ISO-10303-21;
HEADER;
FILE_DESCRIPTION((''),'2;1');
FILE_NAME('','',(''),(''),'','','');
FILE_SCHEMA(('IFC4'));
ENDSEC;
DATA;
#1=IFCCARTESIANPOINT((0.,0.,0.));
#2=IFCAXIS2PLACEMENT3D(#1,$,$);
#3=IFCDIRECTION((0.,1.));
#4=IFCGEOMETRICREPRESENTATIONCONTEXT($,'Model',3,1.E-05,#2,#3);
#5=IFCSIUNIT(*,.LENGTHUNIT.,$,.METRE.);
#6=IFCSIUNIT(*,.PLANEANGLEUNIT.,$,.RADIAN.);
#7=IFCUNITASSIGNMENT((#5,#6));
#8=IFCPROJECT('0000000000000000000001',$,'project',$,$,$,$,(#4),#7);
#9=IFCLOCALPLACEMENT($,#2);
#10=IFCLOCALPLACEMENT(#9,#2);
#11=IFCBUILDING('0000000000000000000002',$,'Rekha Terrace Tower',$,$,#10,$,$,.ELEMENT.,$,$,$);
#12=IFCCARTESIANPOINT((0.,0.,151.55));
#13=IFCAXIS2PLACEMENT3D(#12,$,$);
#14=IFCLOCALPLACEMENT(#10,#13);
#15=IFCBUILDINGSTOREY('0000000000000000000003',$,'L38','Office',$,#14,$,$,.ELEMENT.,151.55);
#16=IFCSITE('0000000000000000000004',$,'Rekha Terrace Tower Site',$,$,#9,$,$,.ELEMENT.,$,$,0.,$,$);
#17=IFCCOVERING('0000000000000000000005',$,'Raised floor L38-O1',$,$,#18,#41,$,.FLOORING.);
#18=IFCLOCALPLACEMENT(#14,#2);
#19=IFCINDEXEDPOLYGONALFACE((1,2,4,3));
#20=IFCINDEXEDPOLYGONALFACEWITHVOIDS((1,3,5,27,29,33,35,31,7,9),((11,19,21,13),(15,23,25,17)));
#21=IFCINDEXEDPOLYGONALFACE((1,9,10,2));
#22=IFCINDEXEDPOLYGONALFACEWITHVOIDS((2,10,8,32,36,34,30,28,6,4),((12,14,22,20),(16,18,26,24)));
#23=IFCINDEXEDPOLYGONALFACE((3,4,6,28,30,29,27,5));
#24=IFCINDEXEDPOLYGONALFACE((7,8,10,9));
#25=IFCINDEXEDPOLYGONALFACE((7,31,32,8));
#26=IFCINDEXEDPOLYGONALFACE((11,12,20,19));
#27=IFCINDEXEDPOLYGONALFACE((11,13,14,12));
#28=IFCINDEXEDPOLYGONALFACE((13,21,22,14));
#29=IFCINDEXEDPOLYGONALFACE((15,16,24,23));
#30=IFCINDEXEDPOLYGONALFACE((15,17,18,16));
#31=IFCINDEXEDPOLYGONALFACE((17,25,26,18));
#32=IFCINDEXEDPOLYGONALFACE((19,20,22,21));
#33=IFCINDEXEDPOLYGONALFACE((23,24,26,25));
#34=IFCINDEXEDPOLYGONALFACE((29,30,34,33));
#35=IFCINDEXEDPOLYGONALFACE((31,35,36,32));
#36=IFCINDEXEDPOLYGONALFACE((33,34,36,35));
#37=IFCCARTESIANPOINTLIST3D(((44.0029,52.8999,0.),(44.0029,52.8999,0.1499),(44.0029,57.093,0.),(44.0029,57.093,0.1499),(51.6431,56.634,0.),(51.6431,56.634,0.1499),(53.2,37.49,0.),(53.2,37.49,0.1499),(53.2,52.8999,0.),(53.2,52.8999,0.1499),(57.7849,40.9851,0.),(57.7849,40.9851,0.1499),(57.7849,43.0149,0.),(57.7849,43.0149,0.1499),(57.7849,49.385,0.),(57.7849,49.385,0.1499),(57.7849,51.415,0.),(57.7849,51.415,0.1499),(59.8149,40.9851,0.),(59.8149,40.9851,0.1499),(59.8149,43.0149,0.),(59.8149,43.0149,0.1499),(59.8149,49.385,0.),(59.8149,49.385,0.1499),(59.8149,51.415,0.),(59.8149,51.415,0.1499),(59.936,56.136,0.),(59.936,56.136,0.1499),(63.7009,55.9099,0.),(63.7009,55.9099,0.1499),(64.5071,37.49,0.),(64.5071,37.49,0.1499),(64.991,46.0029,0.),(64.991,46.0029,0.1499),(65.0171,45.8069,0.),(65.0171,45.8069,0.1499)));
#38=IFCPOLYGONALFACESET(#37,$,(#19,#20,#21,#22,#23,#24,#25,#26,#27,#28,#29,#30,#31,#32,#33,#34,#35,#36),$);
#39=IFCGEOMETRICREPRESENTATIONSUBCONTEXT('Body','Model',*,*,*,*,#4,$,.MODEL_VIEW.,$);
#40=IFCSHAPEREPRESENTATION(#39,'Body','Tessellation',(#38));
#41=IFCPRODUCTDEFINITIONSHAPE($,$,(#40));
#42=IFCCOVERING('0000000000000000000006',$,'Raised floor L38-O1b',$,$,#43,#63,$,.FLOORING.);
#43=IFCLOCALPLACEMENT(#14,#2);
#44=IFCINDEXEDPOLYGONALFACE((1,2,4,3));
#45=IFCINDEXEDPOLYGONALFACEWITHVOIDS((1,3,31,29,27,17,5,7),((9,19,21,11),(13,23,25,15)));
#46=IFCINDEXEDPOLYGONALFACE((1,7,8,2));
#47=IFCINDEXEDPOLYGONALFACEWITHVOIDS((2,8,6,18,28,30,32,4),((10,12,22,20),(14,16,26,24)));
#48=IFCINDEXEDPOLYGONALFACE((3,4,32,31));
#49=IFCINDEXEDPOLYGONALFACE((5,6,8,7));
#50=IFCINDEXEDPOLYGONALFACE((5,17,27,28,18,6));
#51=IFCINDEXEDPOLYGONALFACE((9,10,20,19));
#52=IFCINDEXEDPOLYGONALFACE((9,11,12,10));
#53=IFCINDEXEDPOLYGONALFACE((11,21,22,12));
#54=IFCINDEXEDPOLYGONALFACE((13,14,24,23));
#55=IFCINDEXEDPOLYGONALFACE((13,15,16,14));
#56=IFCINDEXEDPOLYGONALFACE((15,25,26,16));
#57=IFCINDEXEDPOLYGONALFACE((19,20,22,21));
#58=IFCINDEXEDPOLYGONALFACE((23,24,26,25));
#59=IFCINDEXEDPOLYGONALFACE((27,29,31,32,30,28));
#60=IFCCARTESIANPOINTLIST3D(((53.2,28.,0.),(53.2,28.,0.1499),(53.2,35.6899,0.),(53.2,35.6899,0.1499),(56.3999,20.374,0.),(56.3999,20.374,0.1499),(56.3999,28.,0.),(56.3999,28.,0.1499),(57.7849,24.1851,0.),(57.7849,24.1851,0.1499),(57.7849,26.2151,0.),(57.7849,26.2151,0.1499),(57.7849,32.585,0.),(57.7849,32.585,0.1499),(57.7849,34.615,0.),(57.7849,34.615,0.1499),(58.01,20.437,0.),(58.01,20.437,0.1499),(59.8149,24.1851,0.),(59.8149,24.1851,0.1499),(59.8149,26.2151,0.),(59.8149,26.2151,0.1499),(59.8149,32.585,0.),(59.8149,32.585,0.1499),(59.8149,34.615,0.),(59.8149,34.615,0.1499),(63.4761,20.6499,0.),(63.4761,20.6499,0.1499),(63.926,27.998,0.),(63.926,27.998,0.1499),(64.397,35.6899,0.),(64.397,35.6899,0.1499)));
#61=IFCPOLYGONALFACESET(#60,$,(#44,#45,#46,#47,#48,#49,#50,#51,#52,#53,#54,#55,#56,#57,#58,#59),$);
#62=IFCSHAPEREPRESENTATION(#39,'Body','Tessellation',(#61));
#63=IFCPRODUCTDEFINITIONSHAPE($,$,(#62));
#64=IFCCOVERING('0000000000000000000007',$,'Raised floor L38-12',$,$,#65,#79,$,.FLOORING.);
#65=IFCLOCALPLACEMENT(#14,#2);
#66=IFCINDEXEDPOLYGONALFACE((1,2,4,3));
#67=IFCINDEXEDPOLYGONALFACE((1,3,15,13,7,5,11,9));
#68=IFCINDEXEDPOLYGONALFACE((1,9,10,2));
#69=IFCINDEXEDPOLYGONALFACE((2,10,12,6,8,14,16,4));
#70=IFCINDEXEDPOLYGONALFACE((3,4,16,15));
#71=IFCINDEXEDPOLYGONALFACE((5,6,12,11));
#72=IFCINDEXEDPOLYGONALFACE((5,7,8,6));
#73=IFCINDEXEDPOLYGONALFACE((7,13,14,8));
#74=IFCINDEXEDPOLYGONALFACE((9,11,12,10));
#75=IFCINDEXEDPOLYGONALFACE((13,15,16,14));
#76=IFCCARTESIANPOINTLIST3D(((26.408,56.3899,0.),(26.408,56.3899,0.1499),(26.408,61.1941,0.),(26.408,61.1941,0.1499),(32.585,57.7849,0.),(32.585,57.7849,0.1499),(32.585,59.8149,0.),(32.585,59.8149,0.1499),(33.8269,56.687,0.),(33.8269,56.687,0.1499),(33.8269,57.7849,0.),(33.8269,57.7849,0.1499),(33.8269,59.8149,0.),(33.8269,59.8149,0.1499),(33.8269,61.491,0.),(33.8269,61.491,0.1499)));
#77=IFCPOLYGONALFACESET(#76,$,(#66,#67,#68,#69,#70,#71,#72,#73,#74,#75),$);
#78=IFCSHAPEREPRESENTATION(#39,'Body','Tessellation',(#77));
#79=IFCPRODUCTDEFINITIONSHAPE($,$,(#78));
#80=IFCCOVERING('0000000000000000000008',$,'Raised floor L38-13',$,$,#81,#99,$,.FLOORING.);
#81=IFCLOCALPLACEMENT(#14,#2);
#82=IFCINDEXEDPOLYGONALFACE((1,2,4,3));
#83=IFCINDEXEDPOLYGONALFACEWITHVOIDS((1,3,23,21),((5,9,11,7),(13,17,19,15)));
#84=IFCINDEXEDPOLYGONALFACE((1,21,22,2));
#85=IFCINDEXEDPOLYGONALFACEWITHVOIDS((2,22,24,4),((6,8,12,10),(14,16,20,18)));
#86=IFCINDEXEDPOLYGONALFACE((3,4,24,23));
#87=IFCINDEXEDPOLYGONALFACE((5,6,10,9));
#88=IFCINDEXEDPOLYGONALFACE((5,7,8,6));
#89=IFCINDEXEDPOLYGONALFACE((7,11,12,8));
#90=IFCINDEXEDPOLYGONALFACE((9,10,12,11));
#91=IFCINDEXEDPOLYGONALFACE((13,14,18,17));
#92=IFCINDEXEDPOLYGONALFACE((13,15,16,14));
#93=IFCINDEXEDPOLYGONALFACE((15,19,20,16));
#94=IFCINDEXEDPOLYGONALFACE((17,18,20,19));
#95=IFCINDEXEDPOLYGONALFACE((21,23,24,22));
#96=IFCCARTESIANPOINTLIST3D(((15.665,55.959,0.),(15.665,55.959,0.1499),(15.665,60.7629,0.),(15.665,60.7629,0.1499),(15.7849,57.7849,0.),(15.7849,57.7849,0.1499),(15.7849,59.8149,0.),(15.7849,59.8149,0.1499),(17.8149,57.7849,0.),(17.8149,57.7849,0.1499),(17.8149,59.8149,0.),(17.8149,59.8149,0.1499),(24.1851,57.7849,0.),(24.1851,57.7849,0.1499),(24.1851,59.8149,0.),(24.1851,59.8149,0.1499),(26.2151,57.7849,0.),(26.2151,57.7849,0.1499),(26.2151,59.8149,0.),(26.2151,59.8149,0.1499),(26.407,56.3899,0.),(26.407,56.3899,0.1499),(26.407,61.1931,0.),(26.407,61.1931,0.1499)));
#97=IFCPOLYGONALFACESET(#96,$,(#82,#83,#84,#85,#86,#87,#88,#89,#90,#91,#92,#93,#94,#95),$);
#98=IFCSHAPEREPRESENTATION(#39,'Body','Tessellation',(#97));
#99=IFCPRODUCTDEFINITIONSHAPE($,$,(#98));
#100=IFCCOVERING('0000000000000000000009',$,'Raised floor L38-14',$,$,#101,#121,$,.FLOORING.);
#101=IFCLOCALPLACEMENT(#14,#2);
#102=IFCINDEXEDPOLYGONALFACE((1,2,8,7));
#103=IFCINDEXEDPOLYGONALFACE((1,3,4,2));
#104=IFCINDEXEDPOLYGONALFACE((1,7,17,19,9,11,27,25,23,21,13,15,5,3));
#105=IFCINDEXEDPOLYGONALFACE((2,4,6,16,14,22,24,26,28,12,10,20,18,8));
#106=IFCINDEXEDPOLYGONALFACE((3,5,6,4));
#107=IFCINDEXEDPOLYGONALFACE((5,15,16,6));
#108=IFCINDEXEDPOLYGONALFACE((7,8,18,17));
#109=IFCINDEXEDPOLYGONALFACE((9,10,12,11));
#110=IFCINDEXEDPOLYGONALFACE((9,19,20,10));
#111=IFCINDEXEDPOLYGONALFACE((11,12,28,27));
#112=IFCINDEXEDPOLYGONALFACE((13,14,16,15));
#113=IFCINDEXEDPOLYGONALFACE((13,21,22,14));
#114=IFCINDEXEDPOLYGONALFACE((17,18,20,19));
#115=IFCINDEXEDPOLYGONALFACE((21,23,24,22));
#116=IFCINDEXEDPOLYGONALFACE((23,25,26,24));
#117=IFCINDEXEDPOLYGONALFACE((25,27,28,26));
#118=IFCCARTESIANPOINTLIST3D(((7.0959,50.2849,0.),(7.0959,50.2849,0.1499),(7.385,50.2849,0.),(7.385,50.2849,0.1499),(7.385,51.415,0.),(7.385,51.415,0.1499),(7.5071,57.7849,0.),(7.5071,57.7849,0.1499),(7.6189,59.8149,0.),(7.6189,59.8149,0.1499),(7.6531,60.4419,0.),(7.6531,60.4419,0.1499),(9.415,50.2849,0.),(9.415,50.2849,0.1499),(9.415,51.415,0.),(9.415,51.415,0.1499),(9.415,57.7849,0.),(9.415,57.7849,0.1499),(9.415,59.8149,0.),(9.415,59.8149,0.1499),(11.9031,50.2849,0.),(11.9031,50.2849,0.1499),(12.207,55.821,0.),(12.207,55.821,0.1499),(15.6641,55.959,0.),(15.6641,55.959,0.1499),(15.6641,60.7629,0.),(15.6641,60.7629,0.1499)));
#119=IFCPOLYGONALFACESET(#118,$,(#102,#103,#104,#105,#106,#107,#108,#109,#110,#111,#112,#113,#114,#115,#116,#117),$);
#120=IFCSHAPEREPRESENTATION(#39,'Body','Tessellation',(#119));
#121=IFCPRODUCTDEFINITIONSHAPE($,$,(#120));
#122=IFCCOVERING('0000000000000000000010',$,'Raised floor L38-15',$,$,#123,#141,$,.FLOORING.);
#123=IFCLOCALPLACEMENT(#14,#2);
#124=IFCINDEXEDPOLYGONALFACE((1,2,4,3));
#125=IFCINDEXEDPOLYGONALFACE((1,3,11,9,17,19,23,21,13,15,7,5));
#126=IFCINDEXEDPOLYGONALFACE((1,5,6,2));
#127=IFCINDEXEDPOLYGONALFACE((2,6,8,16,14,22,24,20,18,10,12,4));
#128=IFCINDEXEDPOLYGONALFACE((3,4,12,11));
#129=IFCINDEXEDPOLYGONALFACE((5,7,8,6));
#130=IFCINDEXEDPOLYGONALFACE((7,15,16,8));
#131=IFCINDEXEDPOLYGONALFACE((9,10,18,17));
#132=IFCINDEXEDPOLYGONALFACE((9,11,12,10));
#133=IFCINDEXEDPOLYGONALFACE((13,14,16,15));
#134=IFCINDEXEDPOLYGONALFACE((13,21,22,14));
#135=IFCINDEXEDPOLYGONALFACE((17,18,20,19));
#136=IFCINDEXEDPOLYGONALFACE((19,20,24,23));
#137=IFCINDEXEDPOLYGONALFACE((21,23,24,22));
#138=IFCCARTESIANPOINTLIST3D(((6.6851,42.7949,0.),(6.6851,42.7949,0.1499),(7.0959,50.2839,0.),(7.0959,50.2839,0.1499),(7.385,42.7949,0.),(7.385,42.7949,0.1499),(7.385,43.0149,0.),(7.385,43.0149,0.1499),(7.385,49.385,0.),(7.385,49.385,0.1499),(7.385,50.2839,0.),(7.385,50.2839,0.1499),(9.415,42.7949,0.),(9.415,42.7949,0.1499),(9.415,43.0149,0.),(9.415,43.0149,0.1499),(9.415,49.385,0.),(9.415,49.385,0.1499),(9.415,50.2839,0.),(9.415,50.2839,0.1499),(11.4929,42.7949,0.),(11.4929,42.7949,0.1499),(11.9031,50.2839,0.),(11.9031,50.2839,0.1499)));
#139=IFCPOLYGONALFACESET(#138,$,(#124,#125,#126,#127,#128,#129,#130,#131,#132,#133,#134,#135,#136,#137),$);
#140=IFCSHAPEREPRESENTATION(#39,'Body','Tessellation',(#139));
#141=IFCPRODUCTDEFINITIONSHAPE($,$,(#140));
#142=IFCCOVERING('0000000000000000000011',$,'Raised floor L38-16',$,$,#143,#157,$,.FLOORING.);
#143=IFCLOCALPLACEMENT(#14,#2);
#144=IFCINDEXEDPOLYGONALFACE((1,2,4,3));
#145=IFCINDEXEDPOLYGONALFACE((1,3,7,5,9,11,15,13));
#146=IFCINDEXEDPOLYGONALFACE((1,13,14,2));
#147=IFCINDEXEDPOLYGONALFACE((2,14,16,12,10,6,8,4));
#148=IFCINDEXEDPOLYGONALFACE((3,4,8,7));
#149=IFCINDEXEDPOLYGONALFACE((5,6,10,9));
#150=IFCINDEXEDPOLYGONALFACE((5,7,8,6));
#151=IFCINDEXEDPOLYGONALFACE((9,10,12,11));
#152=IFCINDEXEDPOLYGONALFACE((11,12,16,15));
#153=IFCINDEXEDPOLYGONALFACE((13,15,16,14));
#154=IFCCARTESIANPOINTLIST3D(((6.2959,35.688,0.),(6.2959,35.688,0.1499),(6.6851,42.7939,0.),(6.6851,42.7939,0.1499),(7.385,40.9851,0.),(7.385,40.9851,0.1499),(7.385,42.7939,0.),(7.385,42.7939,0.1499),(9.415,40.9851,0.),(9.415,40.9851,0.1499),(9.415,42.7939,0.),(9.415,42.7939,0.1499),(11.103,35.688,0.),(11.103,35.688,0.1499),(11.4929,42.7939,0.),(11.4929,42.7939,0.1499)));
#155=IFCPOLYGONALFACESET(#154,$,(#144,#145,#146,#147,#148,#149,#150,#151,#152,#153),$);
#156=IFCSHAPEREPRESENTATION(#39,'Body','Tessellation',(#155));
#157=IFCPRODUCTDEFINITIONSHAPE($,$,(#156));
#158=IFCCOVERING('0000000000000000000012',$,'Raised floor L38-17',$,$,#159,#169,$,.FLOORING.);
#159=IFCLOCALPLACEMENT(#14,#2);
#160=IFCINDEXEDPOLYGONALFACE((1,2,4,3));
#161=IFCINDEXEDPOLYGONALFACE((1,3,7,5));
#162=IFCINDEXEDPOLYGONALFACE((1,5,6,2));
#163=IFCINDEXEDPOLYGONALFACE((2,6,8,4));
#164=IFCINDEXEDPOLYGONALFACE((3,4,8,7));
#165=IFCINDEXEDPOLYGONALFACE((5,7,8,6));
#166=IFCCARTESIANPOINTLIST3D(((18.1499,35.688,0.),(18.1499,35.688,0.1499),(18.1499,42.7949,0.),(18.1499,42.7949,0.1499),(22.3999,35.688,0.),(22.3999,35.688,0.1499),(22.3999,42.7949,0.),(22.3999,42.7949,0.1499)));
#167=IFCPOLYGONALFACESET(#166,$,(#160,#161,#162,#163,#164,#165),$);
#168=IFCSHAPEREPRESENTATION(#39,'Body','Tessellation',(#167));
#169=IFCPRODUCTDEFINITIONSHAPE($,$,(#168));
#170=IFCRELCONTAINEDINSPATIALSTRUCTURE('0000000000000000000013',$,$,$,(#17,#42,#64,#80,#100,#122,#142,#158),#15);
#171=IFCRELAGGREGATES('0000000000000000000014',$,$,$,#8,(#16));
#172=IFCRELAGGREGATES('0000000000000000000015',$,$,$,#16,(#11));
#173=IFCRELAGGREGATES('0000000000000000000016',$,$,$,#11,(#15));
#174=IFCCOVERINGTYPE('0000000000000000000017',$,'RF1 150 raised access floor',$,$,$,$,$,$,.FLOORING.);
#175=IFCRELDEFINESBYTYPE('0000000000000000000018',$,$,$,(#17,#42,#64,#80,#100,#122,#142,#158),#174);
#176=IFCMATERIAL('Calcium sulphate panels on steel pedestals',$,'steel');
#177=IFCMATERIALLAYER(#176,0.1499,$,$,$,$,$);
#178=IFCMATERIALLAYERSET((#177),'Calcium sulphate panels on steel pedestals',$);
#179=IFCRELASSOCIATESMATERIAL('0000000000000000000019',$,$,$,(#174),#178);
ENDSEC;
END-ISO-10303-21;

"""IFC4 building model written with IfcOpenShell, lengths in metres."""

from ifc_helpers import new_model, si_unit, direction, frame, origin, place, context, subcontext, project, spatial, polyline, outline, extrude, material, layer, layer_set, type_object, element, save


model = new_model("IFC4")

# Units and contexts
model_context = context("Model", 3, precision=1e-05, world=origin(), true_north=direction((0.0, 1.0)))
body_context = subcontext(model_context, "Body", "Model", "MODEL_VIEW")
ifc_project = project(units=[si_unit("LENGTHUNIT", "METRE"), si_unit("PLANEANGLEUNIT", "RADIAN")], contexts=[model_context])

# Site, building, storey
site_placement = place(None, origin())
site = spatial("IfcSite", under=ifc_project, at=site_placement, Name="Rekha Terrace Tower Site", CompositionType="ELEMENT", RefElevation=0.0)
building_placement = place(site_placement, origin())
building = spatial("IfcBuilding", under=site, at=building_placement, Name="Rekha Terrace Tower", CompositionType="ELEMENT")
storey_placement = place(building_placement, frame((0.0, 0.0, 151.55)))
storey = spatial("IfcBuildingStorey", under=building, at=storey_placement, Name="L38", Description="Office", CompositionType="ELEMENT", Elevation=151.55)

# Coverings
ifc_material_1 = material(Name="Calcium sulphate panels on steel pedestals", Category="steel")
ifc_layer_1 = layer(ifc_material_1, 0.1499)
ifc_layer_set_1 = layer_set([ifc_layer_1], Name="Calcium sulphate panels on steel pedestals")
covering_type_1 = type_object("IfcCoveringType", Name="RF1 150 raised access floor", PredefinedType="FLOORING", material=ifc_layer_set_1)
covering_1_placement = place(storey_placement, origin())
element("IfcCovering", 1, at=covering_1_placement, inside=storey, type_object=covering_type_1, Name="Raised floor L38-O1", PredefinedType="FLOORING", context=body_context, shape_type="SweptSolid", body=[
    extrude(outline(polyline([(51.6431, 56.634), (44.0029, 57.093), (44.0029, 52.8999), (53.2, 52.8999), (53.2, 37.49), (64.5071, 37.49), (65.0171, 45.8069), (64.991, 46.0029), (63.7009, 55.9099), (59.936, 56.136), (51.6431, 56.634)]), holes=[polyline([(59.8149, 40.9851), (57.7849, 40.9851), (57.7849, 43.0149), (59.8149, 43.0149), (59.8149, 40.9851)]), polyline([(59.8149, 49.385), (57.7849, 49.385), (57.7849, 51.415), (59.8149, 51.415), (59.8149, 49.385)])]), origin(), (0.0, 0.0, 1.0), 0.1499),
])
covering_2_placement = place(storey_placement, origin())
element("IfcCovering", 2, at=covering_2_placement, inside=storey, type_object=covering_type_1, Name="Raised floor L38-O1b", PredefinedType="FLOORING", context=body_context, shape_type="SweptSolid", body=[
    extrude(outline(polyline([(56.3999, 20.374), (58.01, 20.437), (63.4761, 20.6499), (63.926, 27.998), (64.397, 35.6899), (53.2, 35.6899), (53.2, 28.0), (56.3999, 28.0), (56.3999, 20.374)]), holes=[polyline([(59.8149, 26.2151), (59.8149, 24.1851), (57.7849, 24.1851), (57.7849, 26.2151), (59.8149, 26.2151)]), polyline([(59.8149, 32.585), (57.7849, 32.585), (57.7849, 34.615), (59.8149, 34.615), (59.8149, 32.585)])]), origin(), (0.0, 0.0, 1.0), 0.1499),
])
covering_3_placement = place(storey_placement, origin())
element("IfcCovering", 3, at=covering_3_placement, inside=storey, type_object=covering_type_1, Name="Raised floor L38-12", PredefinedType="FLOORING", context=body_context, shape_type="SweptSolid", body=[
    extrude(outline(polyline([(33.8269, 61.491), (26.408, 61.1941), (26.408, 56.3899), (33.8269, 56.687), (33.8269, 57.7849), (32.585, 57.7849), (32.585, 59.8149), (33.8269, 59.8149), (33.8269, 61.491)])), origin(), (0.0, 0.0, 1.0), 0.1499),
])
covering_4_placement = place(storey_placement, origin())
element("IfcCovering", 4, at=covering_4_placement, inside=storey, type_object=covering_type_1, Name="Raised floor L38-13", PredefinedType="FLOORING", context=body_context, shape_type="SweptSolid", body=[
    extrude(outline(polyline([(26.407, 56.3899), (26.407, 61.1931), (15.665, 60.7629), (15.665, 55.959), (26.407, 56.3899)]), holes=[polyline([(26.2151, 57.7849), (24.1851, 57.7849), (24.1851, 59.8149), (26.2151, 59.8149), (26.2151, 57.7849)]), polyline([(17.8149, 57.7849), (15.7849, 57.7849), (15.7849, 59.8149), (17.8149, 59.8149), (17.8149, 57.7849)])]), origin(), (0.0, 0.0, 1.0), 0.1499),
])
covering_5_placement = place(storey_placement, origin())
element("IfcCovering", 5, at=covering_5_placement, inside=storey, type_object=covering_type_1, Name="Raised floor L38-14", PredefinedType="FLOORING", context=body_context, shape_type="SweptSolid", body=[
    extrude(outline(polyline([(9.415, 51.415), (9.415, 50.2849), (11.9031, 50.2849), (12.207, 55.821), (15.6641, 55.959), (15.6641, 60.7629), (7.6531, 60.4419), (7.6189, 59.8149), (9.415, 59.8149), (9.415, 57.7849), (7.5071, 57.7849), (7.0959, 50.2849), (7.385, 50.2849), (7.385, 51.415), (9.415, 51.415)])), origin(), (0.0, 0.0, 1.0), 0.1499),
])
covering_6_placement = place(storey_placement, origin())
element("IfcCovering", 6, at=covering_6_placement, inside=storey, type_object=covering_type_1, Name="Raised floor L38-15", PredefinedType="FLOORING", context=body_context, shape_type="SweptSolid", body=[
    extrude(outline(polyline([(7.385, 50.2839), (7.0959, 50.2839), (6.6851, 42.7949), (7.385, 42.7949), (7.385, 43.0149), (9.415, 43.0149), (9.415, 42.7949), (11.4929, 42.7949), (11.9031, 50.2839), (9.415, 50.2839), (9.415, 49.385), (7.385, 49.385), (7.385, 50.2839)])), origin(), (0.0, 0.0, 1.0), 0.1499),
])
covering_7_placement = place(storey_placement, origin())
element("IfcCovering", 7, at=covering_7_placement, inside=storey, type_object=covering_type_1, Name="Raised floor L38-16", PredefinedType="FLOORING", context=body_context, shape_type="SweptSolid", body=[
    extrude(outline(polyline([(7.385, 42.7939), (6.6851, 42.7939), (6.2959, 35.688), (11.103, 35.688), (11.4929, 42.7939), (9.415, 42.7939), (9.415, 40.9851), (7.385, 40.9851), (7.385, 42.7939)])), origin(), (0.0, 0.0, 1.0), 0.1499),
])
covering_8_placement = place(storey_placement, origin())
element("IfcCovering", 8, at=covering_8_placement, inside=storey, type_object=covering_type_1, Name="Raised floor L38-17", PredefinedType="FLOORING", context=body_context, shape_type="SweptSolid", body=[
    extrude(outline(polyline([(22.3999, 42.7949), (18.1499, 42.7949), (18.1499, 35.688), (22.3999, 35.688), (22.3999, 42.7949)])), origin(), (0.0, 0.0, 1.0), 0.1499),
])

save(model, "model.ifc")
